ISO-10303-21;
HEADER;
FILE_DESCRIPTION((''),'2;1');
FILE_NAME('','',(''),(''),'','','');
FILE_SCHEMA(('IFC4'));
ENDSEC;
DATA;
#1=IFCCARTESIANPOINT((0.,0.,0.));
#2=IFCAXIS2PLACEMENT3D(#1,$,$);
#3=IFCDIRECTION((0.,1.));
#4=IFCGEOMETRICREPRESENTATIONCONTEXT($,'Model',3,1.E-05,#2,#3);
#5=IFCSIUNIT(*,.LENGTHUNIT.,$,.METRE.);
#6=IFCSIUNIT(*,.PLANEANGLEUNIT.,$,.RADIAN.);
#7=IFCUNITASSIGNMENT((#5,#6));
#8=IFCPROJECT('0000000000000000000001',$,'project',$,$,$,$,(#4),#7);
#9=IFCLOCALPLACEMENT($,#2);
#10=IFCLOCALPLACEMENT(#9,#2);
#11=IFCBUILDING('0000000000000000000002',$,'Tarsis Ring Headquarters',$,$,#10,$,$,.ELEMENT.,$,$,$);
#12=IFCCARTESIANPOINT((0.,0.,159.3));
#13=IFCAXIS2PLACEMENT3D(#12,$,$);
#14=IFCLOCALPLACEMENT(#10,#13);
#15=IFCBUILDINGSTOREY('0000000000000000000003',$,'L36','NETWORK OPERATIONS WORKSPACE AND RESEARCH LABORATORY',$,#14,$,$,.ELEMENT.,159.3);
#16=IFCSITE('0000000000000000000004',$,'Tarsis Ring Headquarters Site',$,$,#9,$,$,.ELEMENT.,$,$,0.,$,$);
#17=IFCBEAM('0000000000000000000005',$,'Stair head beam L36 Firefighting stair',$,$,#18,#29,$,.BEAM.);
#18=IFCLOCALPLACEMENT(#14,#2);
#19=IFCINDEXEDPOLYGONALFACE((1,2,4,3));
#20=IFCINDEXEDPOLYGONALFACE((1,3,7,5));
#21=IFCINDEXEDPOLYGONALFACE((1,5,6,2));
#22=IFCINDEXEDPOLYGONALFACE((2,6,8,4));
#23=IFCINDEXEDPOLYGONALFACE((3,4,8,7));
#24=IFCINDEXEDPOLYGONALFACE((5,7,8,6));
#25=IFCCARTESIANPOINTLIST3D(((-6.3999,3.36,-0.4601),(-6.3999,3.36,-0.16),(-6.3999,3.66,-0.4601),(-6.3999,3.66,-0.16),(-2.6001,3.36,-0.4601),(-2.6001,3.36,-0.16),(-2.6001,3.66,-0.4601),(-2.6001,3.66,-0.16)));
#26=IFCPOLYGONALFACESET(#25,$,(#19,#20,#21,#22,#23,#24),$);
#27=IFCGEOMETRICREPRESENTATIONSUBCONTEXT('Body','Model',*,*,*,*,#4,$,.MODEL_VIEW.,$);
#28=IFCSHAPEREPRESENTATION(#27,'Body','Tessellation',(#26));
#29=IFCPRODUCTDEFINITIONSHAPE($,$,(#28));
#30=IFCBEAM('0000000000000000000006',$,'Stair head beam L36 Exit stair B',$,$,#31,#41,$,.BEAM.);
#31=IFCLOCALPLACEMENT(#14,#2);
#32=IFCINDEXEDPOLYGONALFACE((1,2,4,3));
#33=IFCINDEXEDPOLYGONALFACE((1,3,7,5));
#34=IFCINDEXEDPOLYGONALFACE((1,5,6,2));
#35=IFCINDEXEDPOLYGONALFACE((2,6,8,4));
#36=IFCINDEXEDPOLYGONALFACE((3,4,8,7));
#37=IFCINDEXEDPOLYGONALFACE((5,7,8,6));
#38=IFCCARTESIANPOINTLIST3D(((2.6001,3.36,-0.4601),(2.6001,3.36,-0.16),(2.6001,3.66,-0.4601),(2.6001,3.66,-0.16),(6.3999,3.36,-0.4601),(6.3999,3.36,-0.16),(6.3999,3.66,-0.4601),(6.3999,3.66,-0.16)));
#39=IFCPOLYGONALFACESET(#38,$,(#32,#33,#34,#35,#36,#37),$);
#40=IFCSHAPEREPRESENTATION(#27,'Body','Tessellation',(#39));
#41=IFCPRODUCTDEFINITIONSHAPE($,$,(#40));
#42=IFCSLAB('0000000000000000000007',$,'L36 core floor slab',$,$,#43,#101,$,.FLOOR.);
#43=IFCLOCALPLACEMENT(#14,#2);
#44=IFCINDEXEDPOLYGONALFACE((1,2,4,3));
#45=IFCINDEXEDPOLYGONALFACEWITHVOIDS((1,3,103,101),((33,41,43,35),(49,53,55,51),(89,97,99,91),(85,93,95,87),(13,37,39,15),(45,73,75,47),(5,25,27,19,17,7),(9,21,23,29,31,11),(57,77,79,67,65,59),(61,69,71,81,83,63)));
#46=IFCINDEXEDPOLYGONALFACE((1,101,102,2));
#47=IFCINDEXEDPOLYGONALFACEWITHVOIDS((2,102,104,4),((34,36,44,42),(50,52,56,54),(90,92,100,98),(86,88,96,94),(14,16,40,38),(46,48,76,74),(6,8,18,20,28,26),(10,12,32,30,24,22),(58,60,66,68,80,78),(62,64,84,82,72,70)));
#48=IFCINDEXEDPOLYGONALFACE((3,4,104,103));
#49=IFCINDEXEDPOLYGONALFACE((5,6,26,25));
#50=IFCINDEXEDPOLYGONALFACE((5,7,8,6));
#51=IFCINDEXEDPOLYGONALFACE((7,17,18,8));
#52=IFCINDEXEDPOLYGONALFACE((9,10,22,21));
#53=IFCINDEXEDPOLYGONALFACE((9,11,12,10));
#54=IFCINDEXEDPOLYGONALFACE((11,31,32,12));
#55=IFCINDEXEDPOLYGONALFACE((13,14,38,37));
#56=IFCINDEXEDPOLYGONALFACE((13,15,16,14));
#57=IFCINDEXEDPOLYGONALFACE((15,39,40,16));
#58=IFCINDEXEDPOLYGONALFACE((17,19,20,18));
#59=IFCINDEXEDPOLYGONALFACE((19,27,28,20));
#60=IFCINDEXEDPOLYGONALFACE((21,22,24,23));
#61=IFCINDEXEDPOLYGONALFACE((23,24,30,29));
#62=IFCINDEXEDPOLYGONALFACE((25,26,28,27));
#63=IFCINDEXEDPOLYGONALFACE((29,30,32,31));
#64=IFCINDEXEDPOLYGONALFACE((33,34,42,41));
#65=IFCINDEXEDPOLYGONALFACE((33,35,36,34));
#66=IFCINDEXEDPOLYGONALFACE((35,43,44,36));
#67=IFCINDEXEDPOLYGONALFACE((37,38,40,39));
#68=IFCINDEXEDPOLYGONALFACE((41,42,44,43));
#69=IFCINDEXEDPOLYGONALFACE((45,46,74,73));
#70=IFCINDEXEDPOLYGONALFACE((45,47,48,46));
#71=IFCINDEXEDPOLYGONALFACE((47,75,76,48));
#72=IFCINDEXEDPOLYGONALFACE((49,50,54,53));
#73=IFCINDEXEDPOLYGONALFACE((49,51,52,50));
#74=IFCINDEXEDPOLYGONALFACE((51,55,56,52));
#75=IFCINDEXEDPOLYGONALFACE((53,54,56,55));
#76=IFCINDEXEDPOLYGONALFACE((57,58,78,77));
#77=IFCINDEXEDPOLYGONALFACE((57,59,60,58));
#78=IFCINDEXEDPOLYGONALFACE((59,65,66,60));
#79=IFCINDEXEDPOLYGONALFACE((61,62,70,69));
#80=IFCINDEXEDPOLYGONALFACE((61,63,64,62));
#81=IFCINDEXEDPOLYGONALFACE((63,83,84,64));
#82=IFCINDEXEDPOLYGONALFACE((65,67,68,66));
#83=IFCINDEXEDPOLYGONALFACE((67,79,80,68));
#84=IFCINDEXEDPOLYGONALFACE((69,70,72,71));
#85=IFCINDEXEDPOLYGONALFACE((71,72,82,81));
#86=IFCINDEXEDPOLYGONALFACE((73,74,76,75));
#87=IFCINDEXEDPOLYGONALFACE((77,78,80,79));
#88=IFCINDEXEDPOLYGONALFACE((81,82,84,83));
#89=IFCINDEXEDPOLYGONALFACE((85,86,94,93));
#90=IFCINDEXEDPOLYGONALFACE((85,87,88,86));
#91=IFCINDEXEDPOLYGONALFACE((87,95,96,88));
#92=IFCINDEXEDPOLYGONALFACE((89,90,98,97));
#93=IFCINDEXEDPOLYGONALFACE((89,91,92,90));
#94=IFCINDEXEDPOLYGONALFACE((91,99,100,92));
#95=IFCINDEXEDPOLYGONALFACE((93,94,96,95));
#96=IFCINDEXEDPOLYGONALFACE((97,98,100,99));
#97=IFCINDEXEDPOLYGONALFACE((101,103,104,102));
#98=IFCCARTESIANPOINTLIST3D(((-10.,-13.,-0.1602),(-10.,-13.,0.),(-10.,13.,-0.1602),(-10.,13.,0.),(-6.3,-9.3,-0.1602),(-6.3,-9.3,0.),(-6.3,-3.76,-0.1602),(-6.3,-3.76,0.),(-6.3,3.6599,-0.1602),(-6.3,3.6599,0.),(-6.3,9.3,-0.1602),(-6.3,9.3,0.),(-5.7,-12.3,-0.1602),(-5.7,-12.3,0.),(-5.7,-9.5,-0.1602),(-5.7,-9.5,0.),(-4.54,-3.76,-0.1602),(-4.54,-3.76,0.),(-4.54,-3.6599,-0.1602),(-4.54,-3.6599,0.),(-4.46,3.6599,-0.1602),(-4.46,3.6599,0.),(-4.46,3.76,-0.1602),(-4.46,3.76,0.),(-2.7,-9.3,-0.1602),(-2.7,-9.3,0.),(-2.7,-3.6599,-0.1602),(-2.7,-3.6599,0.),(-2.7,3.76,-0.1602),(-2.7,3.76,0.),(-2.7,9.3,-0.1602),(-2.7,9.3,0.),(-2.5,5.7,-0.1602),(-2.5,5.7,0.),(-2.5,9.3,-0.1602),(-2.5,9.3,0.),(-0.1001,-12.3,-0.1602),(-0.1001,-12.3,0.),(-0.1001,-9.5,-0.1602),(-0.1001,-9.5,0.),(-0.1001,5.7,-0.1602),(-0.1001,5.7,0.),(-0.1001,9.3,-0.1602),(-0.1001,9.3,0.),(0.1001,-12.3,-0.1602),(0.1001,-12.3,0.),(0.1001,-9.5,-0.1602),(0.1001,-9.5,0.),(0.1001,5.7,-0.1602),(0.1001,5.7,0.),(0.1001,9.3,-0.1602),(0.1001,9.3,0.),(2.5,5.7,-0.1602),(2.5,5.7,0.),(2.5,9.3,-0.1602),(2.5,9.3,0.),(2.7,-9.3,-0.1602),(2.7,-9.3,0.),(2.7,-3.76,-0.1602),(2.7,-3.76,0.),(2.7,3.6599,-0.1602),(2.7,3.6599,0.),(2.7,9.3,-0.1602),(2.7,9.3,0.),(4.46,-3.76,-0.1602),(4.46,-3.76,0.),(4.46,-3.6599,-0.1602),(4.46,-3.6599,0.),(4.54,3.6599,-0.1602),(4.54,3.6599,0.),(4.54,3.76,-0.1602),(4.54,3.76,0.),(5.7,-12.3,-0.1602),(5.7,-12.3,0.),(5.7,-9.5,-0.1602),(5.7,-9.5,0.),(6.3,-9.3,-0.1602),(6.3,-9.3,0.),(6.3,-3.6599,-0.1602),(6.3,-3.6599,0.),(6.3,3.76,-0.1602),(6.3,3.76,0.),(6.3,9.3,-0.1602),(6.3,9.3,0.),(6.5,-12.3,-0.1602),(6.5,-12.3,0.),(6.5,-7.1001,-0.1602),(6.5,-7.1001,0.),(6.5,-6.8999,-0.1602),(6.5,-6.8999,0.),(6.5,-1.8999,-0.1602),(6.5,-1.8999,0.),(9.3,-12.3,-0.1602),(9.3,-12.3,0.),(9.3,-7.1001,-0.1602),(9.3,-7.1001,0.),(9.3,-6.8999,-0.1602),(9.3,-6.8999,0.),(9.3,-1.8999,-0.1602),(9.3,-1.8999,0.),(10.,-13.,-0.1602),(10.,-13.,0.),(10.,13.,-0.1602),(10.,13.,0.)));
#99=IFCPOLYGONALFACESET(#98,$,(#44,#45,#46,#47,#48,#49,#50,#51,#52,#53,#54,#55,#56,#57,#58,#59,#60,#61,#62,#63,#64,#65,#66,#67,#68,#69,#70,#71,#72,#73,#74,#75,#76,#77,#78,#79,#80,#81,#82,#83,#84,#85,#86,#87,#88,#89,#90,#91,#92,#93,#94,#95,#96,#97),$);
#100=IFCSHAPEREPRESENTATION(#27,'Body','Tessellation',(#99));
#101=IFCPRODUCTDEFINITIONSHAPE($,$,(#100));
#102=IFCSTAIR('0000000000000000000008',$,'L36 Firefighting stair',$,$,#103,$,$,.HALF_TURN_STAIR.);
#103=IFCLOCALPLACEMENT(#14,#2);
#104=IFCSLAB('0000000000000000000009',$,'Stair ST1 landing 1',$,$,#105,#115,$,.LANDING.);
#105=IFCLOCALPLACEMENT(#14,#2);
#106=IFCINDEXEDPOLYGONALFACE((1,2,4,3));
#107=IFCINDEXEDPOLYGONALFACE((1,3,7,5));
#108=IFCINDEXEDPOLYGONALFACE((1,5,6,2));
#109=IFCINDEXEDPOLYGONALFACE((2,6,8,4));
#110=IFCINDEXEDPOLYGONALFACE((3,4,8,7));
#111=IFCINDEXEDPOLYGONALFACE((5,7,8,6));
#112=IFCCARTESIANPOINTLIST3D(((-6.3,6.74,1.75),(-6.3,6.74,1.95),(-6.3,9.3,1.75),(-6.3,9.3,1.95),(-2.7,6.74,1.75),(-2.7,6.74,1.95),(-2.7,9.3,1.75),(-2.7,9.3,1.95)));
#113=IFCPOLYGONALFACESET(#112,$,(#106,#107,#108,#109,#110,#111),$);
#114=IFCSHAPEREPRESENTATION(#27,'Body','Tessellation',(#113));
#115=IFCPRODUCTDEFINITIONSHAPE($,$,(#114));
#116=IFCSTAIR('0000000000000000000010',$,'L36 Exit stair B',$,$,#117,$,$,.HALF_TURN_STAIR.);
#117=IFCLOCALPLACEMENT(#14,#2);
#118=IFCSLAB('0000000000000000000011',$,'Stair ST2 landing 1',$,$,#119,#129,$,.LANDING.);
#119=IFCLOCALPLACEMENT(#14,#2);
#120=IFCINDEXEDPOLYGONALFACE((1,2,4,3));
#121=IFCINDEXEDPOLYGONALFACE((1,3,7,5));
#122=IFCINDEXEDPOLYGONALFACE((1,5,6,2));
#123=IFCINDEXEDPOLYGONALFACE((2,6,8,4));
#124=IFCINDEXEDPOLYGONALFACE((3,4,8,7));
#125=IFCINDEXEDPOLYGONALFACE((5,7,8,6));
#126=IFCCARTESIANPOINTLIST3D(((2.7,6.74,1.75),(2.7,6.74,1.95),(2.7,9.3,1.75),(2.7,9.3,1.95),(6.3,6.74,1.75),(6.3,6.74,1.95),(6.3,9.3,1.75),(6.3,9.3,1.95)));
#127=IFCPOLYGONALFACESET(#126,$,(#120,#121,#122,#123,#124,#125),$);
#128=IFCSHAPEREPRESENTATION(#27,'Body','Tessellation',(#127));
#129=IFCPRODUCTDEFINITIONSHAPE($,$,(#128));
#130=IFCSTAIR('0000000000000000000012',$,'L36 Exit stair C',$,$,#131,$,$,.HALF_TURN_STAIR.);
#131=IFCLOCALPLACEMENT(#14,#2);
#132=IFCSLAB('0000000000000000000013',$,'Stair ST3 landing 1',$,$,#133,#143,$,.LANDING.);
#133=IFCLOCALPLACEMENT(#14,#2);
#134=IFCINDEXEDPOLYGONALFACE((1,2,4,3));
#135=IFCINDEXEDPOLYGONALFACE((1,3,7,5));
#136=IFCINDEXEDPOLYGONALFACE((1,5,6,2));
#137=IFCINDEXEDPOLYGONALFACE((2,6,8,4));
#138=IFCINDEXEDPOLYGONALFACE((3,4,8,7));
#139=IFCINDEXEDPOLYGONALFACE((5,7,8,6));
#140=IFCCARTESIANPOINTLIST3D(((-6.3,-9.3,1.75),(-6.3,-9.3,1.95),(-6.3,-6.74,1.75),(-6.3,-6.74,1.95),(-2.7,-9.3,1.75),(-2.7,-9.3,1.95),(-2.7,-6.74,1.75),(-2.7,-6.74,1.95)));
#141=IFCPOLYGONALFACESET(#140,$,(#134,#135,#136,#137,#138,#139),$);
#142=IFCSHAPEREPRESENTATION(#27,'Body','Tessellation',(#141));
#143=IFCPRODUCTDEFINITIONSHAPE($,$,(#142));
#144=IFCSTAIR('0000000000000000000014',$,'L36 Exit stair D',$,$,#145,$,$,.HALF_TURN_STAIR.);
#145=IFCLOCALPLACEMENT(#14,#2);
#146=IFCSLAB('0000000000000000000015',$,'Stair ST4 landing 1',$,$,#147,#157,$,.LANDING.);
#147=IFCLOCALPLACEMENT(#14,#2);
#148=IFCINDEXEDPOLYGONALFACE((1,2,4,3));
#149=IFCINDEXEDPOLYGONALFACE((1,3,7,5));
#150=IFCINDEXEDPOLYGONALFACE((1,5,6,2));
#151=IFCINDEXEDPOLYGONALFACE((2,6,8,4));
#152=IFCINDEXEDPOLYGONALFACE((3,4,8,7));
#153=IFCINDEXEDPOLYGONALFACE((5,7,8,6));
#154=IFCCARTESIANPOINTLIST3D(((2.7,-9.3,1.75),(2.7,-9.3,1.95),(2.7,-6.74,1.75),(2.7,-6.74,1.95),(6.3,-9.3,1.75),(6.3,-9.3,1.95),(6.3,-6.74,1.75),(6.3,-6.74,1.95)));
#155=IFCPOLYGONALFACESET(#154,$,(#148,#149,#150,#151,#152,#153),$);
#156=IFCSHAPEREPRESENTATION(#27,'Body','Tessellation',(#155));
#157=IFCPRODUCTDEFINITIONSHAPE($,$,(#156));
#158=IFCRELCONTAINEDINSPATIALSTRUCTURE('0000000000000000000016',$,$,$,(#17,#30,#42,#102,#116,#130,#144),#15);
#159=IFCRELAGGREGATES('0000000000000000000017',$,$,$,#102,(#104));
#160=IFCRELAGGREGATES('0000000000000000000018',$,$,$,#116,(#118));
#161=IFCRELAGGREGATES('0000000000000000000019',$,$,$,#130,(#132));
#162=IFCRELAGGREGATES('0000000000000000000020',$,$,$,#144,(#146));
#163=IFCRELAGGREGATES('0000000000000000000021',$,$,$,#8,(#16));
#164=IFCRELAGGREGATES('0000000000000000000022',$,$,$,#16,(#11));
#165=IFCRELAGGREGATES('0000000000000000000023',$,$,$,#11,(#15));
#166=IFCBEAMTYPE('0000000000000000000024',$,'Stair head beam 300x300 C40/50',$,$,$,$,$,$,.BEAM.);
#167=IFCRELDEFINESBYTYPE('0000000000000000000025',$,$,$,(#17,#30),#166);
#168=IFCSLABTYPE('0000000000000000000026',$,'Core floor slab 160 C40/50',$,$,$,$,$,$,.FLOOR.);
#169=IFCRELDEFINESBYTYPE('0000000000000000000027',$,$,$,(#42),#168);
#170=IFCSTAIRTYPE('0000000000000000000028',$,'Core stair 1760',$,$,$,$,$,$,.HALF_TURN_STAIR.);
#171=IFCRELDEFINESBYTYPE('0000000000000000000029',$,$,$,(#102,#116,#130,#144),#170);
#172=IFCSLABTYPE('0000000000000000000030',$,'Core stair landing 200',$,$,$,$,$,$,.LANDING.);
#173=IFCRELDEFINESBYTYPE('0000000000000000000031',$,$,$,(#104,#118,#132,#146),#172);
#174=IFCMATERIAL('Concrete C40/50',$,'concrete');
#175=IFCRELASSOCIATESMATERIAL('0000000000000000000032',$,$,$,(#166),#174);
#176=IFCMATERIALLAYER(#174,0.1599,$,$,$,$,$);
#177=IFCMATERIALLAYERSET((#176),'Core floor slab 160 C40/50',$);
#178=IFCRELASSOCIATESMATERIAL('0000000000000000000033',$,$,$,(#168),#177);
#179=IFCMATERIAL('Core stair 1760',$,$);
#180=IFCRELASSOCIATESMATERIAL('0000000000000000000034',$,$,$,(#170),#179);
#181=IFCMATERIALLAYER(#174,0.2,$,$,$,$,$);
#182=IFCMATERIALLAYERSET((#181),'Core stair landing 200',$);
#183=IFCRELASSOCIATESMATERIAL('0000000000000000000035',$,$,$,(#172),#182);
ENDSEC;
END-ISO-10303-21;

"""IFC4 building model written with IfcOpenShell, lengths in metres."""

from ifc_helpers import new_model, si_unit, direction, frame, origin, origin_2d, place, context, subcontext, project, spatial, polyline, rectangle, outline, extrude, material, layer, layer_set, material_profile, profile_set, type_object, element, aggregate, save


model = new_model("IFC4")

# Units and contexts
model_context = context("Model", 3, precision=1e-05, world=origin(), true_north=direction((0.0, 1.0)))
body_context = subcontext(model_context, "Body", "Model", "MODEL_VIEW")
ifc_project = project(units=[si_unit("LENGTHUNIT", "METRE"), si_unit("PLANEANGLEUNIT", "RADIAN")], contexts=[model_context])

# Site, building, storey
site_placement = place(None, origin())
site = spatial("IfcSite", under=ifc_project, at=site_placement, Name="Tarsis Ring Headquarters Site", CompositionType="ELEMENT", RefElevation=0.0)
building_placement = place(site_placement, origin())
building = spatial("IfcBuilding", under=site, at=building_placement, Name="Tarsis Ring Headquarters", CompositionType="ELEMENT")
storey_placement = place(building_placement, frame((0.0, 0.0, 159.3)))
storey = spatial("IfcBuildingStorey", under=building, at=storey_placement, Name="L36", Description="NETWORK OPERATIONS WORKSPACE AND RESEARCH LABORATORY", CompositionType="ELEMENT", Elevation=159.3)

# Beams
ifc_material_1 = material(Name="Concrete C40/50", Category="concrete")
ifc_material_profile = material_profile(ifc_material_1, rectangle(XDim=0.3, YDim=0.3, at=origin_2d()), Name="Stair head beam 300x300 C40/50")
ifc_profile_set = profile_set([ifc_material_profile], Name="Concrete C40/50")
beam_type = type_object("IfcBeamType", Name="Stair head beam 300x300 C40/50", PredefinedType="BEAM", material=ifc_profile_set)
for number, where, z_axis, x_axis, name in (
    (1, (-6.3999, 3.51, -0.3101), (1.0, 0.0, 0.0), (0.0, 1.0, 0.0), "Stair head beam L36 Firefighting stair"),
    (2, (2.6001, 3.51, -0.3101), (1.0, 0.0, 0.0), (0.0, 1.0, 0.0), "Stair head beam L36 Exit stair B"),
):
    element("IfcBeam", number, at=place(storey_placement, frame(where, z_axis=z_axis, x_axis=x_axis)), inside=storey, type_object=beam_type, Name=name, PredefinedType="BEAM", context=body_context, shape_type="SweptSolid", body=[
        extrude(rectangle(XDim=0.3, YDim=0.3, at=origin_2d()), origin(), (0.0, 0.0, 1.0), 3.7998),
    ])

# Slab
ifc_layer_1 = layer(ifc_material_1, 0.1599)
ifc_layer_set_1 = layer_set([ifc_layer_1], Name="Core floor slab 160 C40/50")
slab_type_1 = type_object("IfcSlabType", Name="Core floor slab 160 C40/50", PredefinedType="FLOOR", material=ifc_layer_set_1)
slab_1_placement = place(storey_placement, frame((0.0, 0.0, -0.1602)))
element("IfcSlab", 3, at=slab_1_placement, inside=storey, type_object=slab_type_1, Name="L36 core floor slab", PredefinedType="FLOOR", context=body_context, shape_type="SweptSolid", body=[
    extrude(outline(polyline([(-10.0, -13.0), (10.0, -13.0), (10.0, 13.0), (-10.0, 13.0), (-10.0, -13.0)]), holes=[polyline([(-2.5, 5.7), (-0.1001, 5.7), (-0.1001, 9.3), (-2.5, 9.3), (-2.5, 5.7)]), polyline([(0.1001, 5.7), (2.5, 5.7), (2.5, 9.3), (0.1001, 9.3), (0.1001, 5.7)]), polyline([(6.5, -12.3), (9.3, -12.3), (9.3, -7.1001), (6.5, -7.1001), (6.5, -12.3)]), polyline([(6.5, -6.8999), (9.3, -6.8999), (9.3, -1.8999), (6.5, -1.8999), (6.5, -6.8999)]), polyline([(-5.7, -12.3), (-0.1001, -12.3), (-0.1001, -9.5), (-5.7, -9.5), (-5.7, -12.3)]), polyline([(0.1001, -12.3), (5.7, -12.3), (5.7, -9.5), (0.1001, -9.5), (0.1001, -12.3)]), polyline([(-2.7, 3.76), (-2.7, 9.3), (-6.3, 9.3), (-6.3, 3.6599), (-4.46, 3.6599), (-4.46, 3.76), (-2.7, 3.76)]), polyline([(6.3, 3.76), (6.3, 9.3), (2.7, 9.3), (2.7, 3.6599), (4.54, 3.6599), (4.54, 3.76), (6.3, 3.76)]), polyline([(-6.3, -3.76), (-6.3, -9.3), (-2.7, -9.3), (-2.7, -3.6599), (-4.54, -3.6599), (-4.54, -3.76), (-6.3, -3.76)]), polyline([(2.7, -3.76), (2.7, -9.3), (6.3, -9.3), (6.3, -3.6599), (4.46, -3.6599), (4.46, -3.76), (2.7, -3.76)])]), origin(), (0.0, 0.0, 1.0), 0.1602),
])

# Stairs, slabs
ifc_material_2 = material(Name="Core stair 1760")
stair_type = type_object("IfcStairType", Name="Core stair 1760", PredefinedType="HALF_TURN_STAIR", material=ifc_material_2)
stair_1_placement = place(storey_placement, origin())
stair_1 = element("IfcStair", 4, at=stair_1_placement, inside=storey, type_object=stair_type, Name="L36 Firefighting stair", PredefinedType="HALF_TURN_STAIR")
ifc_layer_2 = layer(ifc_material_1, 0.2)
ifc_layer_set_2 = layer_set([ifc_layer_2], Name="Core stair landing 200")
slab_type_2 = type_object("IfcSlabType", Name="Core stair landing 200", PredefinedType="LANDING", material=ifc_layer_set_2)
slab_2_placement = place(storey_placement, frame((0.0, 0.0, 1.75)))
slab_2 = element("IfcSlab", 5, at=slab_2_placement, type_object=slab_type_2, Name="Stair ST1 landing 1", PredefinedType="LANDING", context=body_context, shape_type="SweptSolid", body=[
    extrude(outline(polyline([(-2.7, 6.74), (-2.7, 9.3), (-6.3, 9.3), (-6.3, 6.74), (-2.7, 6.74)])), origin(), (0.0, 0.0, 1.0), 0.2),
])
aggregate(stair_1, [slab_2])
stair_2_placement = place(storey_placement, origin())
stair_2 = element("IfcStair", 6, at=stair_2_placement, inside=storey, type_object=stair_type, Name="L36 Exit stair B", PredefinedType="HALF_TURN_STAIR")
slab_3_placement = place(storey_placement, frame((0.0, 0.0, 1.75)))
slab_3 = element("IfcSlab", 7, at=slab_3_placement, type_object=slab_type_2, Name="Stair ST2 landing 1", PredefinedType="LANDING", context=body_context, shape_type="SweptSolid", body=[
    extrude(outline(polyline([(6.3, 6.74), (6.3, 9.3), (2.7, 9.3), (2.7, 6.74), (6.3, 6.74)])), origin(), (0.0, 0.0, 1.0), 0.2),
])
aggregate(stair_2, [slab_3])
stair_3_placement = place(storey_placement, origin())
stair_3 = element("IfcStair", 8, at=stair_3_placement, inside=storey, type_object=stair_type, Name="L36 Exit stair C", PredefinedType="HALF_TURN_STAIR")
slab_4_placement = place(storey_placement, frame((0.0, 0.0, 1.75)))
slab_4 = element("IfcSlab", 9, at=slab_4_placement, type_object=slab_type_2, Name="Stair ST3 landing 1", PredefinedType="LANDING", context=body_context, shape_type="SweptSolid", body=[
    extrude(outline(polyline([(-6.3, -6.74), (-6.3, -9.3), (-2.7, -9.3), (-2.7, -6.74), (-6.3, -6.74)])), origin(), (0.0, 0.0, 1.0), 0.2),
])
aggregate(stair_3, [slab_4])
stair_4_placement = place(storey_placement, origin())
stair_4 = element("IfcStair", 10, at=stair_4_placement, inside=storey, type_object=stair_type, Name="L36 Exit stair D", PredefinedType="HALF_TURN_STAIR")
slab_5_placement = place(storey_placement, frame((0.0, 0.0, 1.75)))
slab_5 = element("IfcSlab", 11, at=slab_5_placement, type_object=slab_type_2, Name="Stair ST4 landing 1", PredefinedType="LANDING", context=body_context, shape_type="SweptSolid", body=[
    extrude(outline(polyline([(2.7, -6.74), (2.7, -9.3), (6.3, -9.3), (6.3, -6.74), (2.7, -6.74)])), origin(), (0.0, 0.0, 1.0), 0.2),
])
aggregate(stair_4, [slab_5])

save(model, "model.ifc")
